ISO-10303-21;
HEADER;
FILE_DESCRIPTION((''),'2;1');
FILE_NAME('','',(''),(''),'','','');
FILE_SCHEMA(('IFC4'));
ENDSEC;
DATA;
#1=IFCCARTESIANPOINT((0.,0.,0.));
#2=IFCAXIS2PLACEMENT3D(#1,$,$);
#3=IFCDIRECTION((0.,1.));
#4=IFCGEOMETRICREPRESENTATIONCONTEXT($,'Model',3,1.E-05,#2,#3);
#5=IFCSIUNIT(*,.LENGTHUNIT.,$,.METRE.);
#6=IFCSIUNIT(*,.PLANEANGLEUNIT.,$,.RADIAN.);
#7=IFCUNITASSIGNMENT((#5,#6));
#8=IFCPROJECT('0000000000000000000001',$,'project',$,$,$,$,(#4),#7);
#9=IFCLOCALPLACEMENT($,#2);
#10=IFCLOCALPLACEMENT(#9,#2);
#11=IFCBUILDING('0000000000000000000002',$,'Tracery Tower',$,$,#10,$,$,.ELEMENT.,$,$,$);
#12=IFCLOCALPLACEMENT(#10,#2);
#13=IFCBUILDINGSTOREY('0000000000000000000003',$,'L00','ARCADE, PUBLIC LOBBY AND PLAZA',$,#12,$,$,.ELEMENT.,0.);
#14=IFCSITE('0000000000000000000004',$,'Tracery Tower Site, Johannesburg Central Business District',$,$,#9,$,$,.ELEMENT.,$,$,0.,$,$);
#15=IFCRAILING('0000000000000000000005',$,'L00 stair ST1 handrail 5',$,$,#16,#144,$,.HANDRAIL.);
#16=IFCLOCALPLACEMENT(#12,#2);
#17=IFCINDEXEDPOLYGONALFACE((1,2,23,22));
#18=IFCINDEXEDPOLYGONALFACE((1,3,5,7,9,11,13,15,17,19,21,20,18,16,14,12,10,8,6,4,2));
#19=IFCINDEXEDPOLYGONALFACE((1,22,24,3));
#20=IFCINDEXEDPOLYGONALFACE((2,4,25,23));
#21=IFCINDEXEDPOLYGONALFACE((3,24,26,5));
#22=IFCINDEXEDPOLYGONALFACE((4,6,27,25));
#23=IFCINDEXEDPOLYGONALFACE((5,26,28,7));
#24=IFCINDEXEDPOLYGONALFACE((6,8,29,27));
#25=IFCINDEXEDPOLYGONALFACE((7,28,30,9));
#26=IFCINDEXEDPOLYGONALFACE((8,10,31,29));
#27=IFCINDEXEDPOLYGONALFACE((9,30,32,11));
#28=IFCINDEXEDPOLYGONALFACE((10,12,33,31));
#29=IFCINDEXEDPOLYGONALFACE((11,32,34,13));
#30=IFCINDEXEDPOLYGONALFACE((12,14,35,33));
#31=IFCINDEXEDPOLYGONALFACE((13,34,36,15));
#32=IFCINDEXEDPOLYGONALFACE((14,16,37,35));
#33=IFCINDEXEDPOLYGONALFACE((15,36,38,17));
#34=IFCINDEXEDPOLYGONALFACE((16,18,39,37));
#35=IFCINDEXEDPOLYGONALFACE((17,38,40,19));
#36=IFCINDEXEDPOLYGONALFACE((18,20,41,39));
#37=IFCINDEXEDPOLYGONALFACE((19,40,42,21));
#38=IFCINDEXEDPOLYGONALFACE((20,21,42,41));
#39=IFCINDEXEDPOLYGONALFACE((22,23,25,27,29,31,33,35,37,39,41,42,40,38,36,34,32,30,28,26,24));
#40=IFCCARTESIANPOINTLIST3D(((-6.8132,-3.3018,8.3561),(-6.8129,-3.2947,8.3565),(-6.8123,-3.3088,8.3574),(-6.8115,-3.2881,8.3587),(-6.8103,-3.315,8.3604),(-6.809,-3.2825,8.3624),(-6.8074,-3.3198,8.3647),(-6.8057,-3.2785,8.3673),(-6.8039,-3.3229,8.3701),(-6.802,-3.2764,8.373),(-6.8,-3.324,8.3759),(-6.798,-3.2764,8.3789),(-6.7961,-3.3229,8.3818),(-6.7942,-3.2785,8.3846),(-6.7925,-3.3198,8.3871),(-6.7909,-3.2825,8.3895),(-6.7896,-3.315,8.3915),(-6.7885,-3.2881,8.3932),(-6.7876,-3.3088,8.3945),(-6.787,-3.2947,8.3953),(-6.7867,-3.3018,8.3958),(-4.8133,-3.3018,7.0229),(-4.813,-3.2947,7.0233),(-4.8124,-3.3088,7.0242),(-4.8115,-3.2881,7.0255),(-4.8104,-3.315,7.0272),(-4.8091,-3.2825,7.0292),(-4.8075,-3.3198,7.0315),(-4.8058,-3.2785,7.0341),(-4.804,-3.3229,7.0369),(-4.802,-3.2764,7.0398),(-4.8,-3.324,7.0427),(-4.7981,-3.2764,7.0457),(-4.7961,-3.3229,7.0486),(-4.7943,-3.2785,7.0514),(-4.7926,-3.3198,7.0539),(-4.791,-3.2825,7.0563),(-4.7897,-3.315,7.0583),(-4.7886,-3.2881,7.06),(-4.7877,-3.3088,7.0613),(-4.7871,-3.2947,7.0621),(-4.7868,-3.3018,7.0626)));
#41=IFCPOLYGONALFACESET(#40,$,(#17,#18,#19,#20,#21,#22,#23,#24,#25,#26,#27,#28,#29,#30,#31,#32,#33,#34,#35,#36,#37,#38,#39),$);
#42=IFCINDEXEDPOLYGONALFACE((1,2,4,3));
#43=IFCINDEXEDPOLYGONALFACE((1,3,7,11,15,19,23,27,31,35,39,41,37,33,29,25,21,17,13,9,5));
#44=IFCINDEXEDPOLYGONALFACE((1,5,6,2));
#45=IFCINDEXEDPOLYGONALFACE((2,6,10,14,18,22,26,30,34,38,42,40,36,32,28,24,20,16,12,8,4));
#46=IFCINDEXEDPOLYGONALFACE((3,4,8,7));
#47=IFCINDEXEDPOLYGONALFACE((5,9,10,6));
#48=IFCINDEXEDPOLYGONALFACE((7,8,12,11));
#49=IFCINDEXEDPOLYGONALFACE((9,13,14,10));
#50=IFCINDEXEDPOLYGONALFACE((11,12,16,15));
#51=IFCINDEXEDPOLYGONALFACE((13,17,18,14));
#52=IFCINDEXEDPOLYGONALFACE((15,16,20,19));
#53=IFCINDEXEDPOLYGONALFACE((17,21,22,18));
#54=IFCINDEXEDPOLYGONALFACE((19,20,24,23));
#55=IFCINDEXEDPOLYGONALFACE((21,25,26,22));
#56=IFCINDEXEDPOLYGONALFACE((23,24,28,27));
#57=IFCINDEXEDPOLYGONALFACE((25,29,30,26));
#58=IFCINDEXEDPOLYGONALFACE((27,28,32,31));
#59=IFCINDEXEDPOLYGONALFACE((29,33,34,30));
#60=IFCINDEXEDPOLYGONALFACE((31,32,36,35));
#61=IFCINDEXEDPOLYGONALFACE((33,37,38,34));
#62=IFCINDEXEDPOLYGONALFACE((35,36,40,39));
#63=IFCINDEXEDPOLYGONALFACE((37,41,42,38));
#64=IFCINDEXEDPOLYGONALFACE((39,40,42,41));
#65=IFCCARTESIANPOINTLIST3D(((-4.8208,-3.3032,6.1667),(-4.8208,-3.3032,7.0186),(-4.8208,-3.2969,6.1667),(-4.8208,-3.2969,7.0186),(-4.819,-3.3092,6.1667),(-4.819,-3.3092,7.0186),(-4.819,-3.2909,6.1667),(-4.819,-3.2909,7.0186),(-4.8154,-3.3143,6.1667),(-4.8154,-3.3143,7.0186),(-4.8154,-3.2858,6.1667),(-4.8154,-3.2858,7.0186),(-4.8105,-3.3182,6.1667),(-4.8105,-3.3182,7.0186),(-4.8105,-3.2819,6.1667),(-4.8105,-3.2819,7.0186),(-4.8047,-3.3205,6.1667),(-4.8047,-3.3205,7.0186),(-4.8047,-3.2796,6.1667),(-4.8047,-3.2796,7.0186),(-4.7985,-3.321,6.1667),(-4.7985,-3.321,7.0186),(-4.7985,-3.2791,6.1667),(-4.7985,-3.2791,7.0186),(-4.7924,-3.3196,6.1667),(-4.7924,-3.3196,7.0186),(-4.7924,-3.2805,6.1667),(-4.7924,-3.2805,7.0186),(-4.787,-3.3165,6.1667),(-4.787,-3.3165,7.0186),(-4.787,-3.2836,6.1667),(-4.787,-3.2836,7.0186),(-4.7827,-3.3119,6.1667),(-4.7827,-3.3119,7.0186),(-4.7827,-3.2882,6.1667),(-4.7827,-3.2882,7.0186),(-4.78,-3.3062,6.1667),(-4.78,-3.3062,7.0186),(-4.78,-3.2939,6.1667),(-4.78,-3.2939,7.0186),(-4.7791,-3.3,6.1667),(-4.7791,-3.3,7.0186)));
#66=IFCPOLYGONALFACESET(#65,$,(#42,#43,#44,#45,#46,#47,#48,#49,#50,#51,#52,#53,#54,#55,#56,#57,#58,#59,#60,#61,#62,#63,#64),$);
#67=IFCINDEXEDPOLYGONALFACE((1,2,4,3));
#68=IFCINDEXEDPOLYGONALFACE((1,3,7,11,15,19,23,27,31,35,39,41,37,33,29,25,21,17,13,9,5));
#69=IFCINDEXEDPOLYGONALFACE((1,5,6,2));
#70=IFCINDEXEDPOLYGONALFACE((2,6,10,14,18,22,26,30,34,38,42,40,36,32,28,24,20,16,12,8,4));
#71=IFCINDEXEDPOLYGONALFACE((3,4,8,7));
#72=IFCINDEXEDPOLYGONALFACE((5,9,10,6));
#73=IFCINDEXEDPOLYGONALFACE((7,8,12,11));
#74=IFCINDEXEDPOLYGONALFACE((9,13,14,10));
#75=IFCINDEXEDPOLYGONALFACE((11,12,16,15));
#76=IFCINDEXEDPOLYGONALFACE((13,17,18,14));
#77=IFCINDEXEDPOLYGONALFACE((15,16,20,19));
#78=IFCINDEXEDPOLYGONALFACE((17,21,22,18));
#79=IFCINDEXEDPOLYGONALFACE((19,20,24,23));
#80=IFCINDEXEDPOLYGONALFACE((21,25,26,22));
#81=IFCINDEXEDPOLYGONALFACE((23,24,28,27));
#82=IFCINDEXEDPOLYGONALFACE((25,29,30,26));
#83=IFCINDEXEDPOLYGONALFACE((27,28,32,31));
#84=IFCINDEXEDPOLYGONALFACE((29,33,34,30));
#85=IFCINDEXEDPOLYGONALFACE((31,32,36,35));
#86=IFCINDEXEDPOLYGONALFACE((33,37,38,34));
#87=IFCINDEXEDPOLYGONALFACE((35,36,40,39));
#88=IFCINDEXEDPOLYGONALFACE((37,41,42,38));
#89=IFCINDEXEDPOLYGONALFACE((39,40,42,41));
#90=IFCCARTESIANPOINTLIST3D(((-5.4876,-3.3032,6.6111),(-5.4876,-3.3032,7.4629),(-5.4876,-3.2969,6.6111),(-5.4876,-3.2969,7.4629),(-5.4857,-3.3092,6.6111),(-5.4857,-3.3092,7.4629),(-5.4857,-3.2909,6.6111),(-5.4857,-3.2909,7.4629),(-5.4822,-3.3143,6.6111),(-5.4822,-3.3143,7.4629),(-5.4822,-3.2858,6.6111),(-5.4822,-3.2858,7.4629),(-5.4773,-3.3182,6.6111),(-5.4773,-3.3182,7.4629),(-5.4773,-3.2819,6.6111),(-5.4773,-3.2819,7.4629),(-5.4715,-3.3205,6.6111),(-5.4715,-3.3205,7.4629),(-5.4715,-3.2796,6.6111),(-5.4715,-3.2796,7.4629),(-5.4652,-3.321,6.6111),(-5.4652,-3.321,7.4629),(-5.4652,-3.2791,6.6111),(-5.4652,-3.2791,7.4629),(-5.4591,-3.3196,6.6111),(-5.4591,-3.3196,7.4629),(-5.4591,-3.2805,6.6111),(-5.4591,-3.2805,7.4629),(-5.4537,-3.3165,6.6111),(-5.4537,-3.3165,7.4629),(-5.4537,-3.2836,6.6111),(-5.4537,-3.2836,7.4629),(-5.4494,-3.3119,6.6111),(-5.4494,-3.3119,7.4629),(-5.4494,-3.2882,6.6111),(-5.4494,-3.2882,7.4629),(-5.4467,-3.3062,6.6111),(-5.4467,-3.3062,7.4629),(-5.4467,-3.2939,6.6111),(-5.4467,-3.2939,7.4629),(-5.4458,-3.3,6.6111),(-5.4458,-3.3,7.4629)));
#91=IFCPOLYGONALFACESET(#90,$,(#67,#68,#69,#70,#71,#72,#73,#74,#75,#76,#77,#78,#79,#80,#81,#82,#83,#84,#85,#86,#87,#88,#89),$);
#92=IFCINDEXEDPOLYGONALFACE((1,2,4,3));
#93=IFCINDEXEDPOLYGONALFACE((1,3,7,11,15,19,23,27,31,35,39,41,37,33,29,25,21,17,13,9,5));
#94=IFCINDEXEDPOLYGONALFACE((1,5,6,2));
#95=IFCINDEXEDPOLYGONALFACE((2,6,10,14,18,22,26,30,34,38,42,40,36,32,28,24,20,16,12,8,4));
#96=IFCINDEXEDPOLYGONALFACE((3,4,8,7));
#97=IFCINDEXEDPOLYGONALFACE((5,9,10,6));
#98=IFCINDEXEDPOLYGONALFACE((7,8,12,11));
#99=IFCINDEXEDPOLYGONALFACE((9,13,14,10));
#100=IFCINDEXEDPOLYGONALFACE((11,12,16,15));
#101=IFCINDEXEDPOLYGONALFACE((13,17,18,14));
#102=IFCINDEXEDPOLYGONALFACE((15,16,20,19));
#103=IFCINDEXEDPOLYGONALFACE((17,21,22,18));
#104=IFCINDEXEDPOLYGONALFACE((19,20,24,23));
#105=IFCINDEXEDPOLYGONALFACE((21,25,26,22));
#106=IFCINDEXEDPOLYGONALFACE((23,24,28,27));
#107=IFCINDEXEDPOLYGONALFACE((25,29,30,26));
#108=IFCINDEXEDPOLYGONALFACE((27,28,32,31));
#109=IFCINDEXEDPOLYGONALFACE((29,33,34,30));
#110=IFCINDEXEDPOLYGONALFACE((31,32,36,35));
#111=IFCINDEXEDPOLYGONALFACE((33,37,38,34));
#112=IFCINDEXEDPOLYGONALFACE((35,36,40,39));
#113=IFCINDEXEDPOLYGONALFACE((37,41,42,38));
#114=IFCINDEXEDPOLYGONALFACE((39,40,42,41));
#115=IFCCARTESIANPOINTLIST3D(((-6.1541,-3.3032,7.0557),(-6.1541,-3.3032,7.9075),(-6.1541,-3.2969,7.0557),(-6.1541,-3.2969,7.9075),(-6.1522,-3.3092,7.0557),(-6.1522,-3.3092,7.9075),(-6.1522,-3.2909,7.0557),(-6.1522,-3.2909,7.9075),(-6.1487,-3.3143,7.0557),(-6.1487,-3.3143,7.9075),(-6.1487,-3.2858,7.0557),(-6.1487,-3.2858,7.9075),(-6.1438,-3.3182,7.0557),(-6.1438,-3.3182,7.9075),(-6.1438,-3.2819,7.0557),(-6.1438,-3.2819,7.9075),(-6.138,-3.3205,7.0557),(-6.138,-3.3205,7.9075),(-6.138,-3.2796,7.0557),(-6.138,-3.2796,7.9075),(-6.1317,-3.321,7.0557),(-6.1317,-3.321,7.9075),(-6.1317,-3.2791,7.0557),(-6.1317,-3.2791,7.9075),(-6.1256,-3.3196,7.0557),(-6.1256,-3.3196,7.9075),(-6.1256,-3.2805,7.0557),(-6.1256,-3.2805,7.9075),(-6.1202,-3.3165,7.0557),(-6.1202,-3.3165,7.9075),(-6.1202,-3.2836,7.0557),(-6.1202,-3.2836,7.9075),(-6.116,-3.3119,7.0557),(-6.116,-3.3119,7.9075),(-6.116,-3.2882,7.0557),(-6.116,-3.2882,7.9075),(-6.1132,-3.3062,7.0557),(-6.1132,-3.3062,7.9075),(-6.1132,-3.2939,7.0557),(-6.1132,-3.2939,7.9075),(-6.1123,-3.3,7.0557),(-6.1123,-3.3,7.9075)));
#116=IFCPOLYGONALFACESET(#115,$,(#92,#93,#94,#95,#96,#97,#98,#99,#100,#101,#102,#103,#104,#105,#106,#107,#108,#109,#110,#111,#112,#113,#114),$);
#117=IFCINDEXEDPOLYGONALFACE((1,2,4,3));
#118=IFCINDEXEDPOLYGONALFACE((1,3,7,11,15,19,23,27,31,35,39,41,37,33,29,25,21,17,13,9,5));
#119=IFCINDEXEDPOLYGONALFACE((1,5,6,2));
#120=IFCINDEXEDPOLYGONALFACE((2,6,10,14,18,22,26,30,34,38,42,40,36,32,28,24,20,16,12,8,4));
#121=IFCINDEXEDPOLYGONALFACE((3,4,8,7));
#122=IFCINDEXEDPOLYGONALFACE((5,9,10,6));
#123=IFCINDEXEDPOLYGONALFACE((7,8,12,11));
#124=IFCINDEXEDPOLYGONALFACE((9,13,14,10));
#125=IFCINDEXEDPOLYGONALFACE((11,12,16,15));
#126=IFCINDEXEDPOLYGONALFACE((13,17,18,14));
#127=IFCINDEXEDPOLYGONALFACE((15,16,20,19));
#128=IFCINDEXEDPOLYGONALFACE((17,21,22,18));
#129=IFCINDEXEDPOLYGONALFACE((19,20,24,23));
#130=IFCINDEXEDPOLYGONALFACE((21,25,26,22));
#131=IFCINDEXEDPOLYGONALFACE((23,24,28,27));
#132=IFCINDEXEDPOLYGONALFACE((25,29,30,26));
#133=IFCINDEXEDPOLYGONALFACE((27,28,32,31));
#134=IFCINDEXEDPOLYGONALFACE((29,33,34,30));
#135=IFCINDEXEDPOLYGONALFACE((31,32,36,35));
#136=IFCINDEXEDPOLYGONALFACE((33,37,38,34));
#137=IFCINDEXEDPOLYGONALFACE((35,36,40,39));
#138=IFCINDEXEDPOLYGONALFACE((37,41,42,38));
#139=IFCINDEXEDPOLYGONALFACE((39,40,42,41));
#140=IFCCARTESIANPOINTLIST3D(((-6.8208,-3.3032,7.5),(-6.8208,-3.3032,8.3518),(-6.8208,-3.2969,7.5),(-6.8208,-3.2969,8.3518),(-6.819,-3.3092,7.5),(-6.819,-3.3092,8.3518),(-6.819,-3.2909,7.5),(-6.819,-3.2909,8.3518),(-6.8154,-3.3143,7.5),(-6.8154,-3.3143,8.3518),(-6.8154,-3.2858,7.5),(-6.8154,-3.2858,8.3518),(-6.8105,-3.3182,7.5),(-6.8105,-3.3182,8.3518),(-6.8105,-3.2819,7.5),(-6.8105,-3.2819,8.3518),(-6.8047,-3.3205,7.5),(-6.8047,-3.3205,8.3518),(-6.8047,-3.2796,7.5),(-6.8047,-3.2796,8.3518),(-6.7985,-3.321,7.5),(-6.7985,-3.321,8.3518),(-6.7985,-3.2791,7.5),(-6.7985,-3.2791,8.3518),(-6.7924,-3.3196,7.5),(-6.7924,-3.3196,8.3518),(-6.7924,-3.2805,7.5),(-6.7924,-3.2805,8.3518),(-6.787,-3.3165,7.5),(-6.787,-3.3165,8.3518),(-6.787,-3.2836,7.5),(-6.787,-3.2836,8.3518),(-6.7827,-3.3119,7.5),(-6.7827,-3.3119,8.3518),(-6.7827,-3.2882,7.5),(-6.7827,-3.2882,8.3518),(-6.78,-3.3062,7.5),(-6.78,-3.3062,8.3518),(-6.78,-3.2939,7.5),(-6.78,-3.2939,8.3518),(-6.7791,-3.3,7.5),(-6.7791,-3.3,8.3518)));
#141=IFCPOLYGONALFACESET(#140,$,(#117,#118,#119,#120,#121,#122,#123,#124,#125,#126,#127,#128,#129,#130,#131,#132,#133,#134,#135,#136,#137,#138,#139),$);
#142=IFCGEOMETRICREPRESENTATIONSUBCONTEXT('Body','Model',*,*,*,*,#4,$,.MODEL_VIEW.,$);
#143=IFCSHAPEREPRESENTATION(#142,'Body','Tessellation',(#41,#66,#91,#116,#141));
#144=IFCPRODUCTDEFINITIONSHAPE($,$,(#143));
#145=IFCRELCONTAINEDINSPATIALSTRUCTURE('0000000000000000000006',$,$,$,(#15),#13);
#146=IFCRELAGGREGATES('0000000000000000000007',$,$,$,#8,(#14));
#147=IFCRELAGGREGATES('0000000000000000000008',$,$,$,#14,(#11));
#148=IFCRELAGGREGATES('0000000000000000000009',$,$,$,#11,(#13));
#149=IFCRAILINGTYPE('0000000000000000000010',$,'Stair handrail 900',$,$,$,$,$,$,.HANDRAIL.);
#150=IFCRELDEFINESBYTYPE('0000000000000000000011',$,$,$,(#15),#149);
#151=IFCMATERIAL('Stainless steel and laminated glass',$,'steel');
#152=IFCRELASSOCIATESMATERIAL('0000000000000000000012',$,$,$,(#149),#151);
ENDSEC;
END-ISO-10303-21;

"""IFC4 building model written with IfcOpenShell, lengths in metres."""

from ifc_helpers import new_model, si_unit, direction, frame, origin, origin_2d, place, context, subcontext, project, spatial, circle, extrude, material, type_object, element, save


model = new_model("IFC4")

# Units and contexts
model_context = context("Model", 3, precision=1e-05, world=origin(), true_north=direction((0.0, 1.0)))
body_context = subcontext(model_context, "Body", "Model", "MODEL_VIEW")
ifc_project = project(units=[si_unit("LENGTHUNIT", "METRE"), si_unit("PLANEANGLEUNIT", "RADIAN")], contexts=[model_context])

# Site, building, storey
site_placement = place(None, origin())
site = spatial("IfcSite", under=ifc_project, at=site_placement, Name="Tracery Tower Site, Johannesburg Central Business District", CompositionType="ELEMENT", RefElevation=0.0)
building_placement = place(site_placement, origin())
building = spatial("IfcBuilding", under=site, at=building_placement, Name="Tracery Tower", CompositionType="ELEMENT")
storey_placement = place(building_placement, origin())
storey = spatial("IfcBuildingStorey", under=building, at=storey_placement, Name="L00", Description="ARCADE, PUBLIC LOBBY AND PLAZA", CompositionType="ELEMENT", Elevation=0.0)

# Railing
ifc_material_1 = material(Name="Stainless steel and laminated glass", Category="steel")
railing_type_1 = type_object("IfcRailingType", Name="Stair handrail 900", PredefinedType="HANDRAIL", material=ifc_material_1)
railing_1_placement = place(storey_placement, frame((-4.8, -3.3, 6.1667)))
element("IfcRailing", 1, at=railing_1_placement, inside=storey, type_object=railing_type_1, Name="L00 stair ST1 handrail 5", PredefinedType="HANDRAIL", context=body_context, shape_type="SweptSolid", body=[
    extrude(circle(Radius=0.0239, at=origin_2d()), frame((0.0, 0.0, 0.876), z_axis=(-0.832066, 0.0, 0.554677), x_axis=(0.0, -1.0, 0.0)), (0.0, 0.0, 1.0), 2.4036),
    extrude(circle(Radius=0.021, at=origin_2d()), origin(), (0.0, 0.0, 1.0), 0.8518),
    extrude(circle(Radius=0.021, at=origin_2d()), frame((-0.6667, 0.0, 0.4443)), (0.0, 0.0, 1.0), 0.8518),
    extrude(circle(Radius=0.021, at=origin_2d()), frame((-1.3333, 0.0, 0.8889)), (0.0, 0.0, 1.0), 0.8518),
    extrude(circle(Radius=0.021, at=origin_2d()), frame((-2.0, 0.0, 1.3333)), (0.0, 0.0, 1.0), 0.8518),
])

save(model, "model.ifc")
